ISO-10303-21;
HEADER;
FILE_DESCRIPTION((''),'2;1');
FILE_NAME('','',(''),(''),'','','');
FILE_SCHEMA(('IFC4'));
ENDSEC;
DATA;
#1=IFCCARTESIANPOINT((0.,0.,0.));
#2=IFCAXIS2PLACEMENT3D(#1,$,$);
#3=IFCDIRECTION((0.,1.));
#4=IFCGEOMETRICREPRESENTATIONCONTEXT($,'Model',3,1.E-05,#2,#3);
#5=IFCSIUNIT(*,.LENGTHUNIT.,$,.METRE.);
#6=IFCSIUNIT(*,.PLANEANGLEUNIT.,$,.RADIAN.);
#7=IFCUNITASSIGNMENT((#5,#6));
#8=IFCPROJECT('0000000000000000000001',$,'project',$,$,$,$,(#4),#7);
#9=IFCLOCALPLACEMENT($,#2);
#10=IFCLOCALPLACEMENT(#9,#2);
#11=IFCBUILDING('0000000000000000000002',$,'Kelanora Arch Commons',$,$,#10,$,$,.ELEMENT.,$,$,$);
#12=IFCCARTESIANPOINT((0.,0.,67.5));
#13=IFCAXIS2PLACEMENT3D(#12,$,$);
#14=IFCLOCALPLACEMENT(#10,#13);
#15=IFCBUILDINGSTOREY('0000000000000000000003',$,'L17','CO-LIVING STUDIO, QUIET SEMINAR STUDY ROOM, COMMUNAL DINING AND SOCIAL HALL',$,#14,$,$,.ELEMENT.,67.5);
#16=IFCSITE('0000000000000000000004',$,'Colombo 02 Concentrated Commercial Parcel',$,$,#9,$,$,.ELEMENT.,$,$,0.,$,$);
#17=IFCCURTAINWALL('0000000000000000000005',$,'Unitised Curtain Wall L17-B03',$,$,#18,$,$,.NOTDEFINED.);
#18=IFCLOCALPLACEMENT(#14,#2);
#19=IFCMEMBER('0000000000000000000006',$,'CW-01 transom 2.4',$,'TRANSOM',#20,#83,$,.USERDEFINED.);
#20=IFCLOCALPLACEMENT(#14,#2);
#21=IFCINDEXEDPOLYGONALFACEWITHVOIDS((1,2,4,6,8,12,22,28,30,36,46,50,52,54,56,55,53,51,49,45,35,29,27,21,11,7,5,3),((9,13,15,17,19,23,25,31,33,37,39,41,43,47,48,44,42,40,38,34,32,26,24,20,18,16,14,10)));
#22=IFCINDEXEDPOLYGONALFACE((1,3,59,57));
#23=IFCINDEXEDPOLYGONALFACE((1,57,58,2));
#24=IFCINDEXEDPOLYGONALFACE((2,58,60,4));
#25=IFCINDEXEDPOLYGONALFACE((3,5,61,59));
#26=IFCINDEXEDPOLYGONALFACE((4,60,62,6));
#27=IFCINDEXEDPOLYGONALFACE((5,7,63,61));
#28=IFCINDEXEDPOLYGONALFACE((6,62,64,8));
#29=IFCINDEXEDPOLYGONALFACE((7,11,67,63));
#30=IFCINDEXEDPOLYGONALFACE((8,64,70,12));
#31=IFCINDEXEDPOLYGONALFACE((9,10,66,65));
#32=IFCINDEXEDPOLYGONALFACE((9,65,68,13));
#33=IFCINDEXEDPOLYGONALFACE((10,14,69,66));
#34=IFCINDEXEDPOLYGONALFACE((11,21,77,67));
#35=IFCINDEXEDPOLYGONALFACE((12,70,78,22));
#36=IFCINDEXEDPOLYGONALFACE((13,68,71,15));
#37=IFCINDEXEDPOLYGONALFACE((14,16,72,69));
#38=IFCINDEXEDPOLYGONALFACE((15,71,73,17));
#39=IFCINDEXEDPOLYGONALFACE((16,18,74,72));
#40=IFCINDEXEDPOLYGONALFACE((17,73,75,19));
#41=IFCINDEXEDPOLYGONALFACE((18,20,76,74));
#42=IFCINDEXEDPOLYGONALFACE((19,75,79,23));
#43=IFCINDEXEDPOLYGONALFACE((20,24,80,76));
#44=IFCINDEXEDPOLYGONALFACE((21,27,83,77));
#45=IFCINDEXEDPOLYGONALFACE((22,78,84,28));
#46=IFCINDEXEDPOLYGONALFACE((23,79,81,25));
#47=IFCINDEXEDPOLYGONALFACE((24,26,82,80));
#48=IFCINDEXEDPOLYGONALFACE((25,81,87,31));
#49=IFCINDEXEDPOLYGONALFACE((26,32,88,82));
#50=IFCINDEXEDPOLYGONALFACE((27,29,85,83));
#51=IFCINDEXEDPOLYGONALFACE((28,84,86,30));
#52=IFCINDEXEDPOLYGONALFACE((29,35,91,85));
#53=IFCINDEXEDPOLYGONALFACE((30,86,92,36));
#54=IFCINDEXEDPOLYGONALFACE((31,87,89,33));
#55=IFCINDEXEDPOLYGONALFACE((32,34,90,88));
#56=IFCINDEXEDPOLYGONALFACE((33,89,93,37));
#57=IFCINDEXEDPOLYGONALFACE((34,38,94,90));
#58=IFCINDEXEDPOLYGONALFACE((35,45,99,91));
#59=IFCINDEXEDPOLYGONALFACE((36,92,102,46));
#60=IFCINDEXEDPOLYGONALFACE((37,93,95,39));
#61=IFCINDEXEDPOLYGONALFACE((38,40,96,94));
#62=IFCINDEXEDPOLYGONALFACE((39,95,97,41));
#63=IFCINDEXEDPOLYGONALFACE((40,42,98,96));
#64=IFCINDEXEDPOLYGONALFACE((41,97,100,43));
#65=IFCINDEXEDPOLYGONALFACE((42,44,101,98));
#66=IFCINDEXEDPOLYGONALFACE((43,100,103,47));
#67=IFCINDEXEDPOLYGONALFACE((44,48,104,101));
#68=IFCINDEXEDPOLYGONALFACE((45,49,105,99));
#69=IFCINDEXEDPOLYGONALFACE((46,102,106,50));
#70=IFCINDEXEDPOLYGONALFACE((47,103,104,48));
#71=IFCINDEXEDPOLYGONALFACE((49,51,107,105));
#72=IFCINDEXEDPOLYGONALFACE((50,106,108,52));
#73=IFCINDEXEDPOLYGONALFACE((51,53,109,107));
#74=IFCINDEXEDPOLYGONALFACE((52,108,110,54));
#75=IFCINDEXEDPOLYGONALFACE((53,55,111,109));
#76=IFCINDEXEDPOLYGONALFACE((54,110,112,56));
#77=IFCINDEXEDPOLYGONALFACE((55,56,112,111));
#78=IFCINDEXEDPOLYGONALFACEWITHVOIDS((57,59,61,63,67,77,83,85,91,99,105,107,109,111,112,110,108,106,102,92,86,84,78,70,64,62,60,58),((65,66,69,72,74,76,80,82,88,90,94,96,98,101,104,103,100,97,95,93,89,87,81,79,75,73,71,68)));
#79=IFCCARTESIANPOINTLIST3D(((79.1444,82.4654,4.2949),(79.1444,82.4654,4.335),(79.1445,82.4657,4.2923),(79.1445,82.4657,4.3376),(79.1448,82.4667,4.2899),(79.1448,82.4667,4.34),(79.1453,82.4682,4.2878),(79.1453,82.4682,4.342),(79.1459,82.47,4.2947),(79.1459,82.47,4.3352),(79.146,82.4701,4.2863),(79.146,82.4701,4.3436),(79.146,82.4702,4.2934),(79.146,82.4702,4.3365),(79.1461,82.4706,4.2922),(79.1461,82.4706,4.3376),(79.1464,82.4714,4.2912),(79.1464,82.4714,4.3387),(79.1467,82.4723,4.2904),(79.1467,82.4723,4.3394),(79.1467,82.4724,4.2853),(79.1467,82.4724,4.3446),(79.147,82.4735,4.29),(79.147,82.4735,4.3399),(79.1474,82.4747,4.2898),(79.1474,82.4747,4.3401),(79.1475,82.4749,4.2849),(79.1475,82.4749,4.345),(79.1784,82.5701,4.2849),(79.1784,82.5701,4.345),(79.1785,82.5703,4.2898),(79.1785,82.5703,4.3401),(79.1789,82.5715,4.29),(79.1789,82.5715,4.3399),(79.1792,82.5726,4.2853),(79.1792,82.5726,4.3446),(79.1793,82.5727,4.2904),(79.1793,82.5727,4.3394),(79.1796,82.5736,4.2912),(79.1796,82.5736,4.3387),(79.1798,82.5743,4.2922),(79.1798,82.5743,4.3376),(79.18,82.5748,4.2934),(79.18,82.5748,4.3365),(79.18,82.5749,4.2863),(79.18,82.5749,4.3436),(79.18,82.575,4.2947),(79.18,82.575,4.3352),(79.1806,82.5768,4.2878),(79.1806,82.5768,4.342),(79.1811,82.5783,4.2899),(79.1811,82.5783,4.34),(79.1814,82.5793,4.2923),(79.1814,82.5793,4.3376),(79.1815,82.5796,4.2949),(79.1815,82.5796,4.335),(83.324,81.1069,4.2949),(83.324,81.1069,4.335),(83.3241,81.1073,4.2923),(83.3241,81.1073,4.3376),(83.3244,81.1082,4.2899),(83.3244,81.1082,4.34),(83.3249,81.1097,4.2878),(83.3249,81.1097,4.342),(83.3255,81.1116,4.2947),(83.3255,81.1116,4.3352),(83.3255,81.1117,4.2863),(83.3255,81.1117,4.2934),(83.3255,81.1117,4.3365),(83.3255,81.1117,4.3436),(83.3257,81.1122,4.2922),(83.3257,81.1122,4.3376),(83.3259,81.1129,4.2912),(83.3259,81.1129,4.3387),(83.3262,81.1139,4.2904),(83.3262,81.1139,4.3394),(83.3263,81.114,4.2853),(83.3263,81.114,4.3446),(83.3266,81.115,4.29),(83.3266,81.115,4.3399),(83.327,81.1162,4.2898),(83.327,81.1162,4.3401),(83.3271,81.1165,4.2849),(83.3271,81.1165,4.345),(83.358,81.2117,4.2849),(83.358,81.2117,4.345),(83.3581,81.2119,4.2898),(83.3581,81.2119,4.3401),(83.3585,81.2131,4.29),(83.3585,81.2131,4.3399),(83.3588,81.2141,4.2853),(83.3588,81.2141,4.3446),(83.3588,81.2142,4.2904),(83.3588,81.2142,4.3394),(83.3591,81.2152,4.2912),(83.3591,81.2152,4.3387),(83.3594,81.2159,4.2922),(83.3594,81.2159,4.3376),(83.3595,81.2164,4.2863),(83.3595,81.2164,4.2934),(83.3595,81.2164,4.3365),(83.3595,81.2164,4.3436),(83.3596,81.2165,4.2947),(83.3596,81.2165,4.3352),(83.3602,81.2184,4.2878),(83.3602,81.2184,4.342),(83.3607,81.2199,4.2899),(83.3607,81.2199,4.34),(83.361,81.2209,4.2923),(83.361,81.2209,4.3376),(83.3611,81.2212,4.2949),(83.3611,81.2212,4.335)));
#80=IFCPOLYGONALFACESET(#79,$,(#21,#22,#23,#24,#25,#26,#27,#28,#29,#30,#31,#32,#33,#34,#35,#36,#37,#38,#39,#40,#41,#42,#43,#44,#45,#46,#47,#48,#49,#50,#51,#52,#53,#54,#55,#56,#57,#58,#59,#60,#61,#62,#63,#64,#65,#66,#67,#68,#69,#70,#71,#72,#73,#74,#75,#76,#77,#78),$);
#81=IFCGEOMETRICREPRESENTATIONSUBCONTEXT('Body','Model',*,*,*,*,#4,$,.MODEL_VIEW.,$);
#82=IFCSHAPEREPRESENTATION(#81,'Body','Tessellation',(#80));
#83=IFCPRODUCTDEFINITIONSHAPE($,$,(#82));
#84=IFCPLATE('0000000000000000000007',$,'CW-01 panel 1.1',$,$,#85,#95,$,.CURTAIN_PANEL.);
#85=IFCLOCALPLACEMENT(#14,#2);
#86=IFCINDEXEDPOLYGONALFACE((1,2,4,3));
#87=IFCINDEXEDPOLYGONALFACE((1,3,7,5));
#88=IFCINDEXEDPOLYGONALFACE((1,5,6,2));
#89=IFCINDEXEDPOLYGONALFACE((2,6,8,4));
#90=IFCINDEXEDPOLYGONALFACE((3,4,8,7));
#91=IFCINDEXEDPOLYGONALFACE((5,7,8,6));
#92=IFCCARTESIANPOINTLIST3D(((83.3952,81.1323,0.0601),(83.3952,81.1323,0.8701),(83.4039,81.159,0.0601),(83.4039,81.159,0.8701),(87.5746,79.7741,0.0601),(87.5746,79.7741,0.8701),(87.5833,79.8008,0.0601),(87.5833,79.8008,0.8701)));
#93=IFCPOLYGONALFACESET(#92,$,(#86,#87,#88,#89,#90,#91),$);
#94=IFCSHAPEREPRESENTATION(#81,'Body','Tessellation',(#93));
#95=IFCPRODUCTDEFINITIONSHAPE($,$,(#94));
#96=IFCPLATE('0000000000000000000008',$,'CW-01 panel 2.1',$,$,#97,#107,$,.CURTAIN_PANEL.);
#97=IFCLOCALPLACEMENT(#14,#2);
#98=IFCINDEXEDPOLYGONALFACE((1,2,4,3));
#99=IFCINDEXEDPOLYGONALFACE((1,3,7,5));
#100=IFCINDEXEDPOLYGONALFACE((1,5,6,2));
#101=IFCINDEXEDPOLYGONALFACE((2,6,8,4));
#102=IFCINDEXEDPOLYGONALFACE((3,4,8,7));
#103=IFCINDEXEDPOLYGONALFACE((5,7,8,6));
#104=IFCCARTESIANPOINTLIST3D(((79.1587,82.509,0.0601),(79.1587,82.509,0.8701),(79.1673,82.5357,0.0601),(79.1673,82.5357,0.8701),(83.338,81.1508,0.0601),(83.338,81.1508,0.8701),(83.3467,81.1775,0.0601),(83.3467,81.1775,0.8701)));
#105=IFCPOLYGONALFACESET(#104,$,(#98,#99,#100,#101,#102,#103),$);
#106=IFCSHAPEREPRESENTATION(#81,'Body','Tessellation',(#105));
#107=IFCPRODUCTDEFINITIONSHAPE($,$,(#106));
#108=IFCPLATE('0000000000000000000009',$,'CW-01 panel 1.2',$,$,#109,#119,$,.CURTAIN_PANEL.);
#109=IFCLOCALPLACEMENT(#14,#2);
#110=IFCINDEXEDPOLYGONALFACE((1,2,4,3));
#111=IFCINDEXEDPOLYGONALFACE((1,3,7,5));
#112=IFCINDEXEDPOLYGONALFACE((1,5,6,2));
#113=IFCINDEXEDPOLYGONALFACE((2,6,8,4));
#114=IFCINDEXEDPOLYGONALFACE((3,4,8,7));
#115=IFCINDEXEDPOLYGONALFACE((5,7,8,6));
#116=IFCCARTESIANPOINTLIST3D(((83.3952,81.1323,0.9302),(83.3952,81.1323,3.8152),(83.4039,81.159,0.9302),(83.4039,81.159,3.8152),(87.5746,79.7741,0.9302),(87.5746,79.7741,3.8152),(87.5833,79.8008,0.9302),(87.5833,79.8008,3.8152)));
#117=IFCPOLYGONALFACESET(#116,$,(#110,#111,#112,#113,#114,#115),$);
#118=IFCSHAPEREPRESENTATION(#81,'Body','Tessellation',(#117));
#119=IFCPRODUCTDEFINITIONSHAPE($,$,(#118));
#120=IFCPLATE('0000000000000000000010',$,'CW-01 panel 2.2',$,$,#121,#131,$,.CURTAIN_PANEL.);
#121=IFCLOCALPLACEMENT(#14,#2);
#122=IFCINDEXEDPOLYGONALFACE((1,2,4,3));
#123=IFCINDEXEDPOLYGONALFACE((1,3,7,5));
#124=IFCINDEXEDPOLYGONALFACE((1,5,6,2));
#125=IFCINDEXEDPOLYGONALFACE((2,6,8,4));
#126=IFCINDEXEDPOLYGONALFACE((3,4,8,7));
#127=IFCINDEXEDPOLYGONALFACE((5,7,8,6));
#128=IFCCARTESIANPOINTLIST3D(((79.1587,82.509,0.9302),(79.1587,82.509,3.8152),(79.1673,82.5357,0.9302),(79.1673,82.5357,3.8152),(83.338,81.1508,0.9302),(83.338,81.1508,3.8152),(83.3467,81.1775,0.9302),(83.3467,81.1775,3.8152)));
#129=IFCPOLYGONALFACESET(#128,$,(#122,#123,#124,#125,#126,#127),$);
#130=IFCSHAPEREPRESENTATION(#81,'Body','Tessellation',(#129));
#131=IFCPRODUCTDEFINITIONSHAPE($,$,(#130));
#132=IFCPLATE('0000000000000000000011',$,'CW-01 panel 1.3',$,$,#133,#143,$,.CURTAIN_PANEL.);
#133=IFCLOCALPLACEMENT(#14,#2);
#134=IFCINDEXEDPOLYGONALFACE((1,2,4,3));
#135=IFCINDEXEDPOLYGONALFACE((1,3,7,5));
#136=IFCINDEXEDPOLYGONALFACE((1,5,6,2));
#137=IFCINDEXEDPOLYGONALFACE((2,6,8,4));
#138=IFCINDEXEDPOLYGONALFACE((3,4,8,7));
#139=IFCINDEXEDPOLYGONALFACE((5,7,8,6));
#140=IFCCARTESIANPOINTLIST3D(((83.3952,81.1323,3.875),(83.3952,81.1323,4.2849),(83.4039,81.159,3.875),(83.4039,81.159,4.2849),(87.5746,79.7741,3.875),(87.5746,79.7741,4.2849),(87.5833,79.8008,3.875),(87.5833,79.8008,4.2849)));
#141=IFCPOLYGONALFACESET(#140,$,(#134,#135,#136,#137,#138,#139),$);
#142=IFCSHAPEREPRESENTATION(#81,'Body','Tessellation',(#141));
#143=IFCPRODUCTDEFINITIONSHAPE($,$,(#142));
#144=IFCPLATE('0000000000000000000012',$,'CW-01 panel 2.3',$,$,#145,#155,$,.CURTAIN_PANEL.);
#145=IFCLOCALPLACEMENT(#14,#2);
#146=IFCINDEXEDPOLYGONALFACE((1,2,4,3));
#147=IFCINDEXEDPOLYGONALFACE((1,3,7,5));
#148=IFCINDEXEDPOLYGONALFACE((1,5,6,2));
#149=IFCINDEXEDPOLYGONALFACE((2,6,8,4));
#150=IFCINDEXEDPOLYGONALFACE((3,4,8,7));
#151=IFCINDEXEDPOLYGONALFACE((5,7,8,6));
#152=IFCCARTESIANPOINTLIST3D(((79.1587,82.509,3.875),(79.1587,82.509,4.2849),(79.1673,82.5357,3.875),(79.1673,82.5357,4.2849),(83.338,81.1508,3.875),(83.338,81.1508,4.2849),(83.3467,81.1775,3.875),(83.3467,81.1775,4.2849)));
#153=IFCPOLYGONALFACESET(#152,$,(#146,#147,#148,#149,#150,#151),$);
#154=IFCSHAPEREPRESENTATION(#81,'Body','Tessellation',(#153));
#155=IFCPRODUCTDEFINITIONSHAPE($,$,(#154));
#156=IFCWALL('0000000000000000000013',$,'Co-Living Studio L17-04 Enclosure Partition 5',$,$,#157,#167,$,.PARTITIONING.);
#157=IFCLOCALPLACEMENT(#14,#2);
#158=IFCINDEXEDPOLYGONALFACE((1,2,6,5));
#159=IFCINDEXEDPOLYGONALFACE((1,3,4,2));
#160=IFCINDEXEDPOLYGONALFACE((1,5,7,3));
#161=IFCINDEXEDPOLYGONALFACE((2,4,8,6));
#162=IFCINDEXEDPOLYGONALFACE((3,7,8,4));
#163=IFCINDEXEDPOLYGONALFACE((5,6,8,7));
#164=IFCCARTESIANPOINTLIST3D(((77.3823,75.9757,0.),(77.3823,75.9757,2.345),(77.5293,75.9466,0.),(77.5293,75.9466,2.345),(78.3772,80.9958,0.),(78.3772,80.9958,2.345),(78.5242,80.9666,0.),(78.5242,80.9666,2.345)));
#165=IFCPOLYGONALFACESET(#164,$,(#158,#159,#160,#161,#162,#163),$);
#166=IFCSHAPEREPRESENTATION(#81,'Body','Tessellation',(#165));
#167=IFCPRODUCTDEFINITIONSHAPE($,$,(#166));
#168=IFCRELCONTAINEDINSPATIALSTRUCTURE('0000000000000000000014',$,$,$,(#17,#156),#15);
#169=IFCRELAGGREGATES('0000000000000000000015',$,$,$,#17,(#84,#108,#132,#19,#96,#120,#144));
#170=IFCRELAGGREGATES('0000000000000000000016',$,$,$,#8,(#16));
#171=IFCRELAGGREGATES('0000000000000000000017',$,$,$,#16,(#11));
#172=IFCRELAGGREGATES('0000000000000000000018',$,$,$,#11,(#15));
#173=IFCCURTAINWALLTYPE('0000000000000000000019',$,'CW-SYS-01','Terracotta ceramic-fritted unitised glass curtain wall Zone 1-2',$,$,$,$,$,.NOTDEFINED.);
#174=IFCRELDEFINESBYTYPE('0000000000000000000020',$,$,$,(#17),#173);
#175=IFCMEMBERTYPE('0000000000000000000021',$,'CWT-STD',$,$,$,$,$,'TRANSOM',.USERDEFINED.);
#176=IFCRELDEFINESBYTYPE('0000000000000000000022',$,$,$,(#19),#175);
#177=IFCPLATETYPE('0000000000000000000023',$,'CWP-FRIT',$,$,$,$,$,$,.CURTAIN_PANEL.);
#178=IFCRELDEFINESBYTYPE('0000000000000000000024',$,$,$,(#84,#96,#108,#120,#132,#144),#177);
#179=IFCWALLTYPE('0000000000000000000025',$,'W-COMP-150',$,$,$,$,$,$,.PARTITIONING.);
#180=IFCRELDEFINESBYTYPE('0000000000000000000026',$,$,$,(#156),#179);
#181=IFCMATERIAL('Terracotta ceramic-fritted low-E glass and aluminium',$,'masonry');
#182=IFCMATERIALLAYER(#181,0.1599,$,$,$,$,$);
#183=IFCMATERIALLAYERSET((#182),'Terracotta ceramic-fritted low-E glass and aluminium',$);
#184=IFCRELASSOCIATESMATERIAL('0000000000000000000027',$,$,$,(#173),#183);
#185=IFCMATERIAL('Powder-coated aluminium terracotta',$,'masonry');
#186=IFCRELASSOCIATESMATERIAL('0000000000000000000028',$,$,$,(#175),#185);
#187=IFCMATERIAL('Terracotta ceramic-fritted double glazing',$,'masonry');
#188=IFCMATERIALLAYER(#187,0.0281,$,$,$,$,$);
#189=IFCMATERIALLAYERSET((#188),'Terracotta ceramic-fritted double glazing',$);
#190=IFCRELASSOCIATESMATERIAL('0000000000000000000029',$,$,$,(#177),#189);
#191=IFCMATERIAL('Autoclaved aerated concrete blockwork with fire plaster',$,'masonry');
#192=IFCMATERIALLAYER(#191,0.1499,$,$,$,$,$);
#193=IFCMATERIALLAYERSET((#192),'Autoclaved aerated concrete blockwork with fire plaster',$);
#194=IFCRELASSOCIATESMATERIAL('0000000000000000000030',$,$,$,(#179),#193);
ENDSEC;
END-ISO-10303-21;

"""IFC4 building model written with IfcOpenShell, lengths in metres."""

from ifc_helpers import new_model, si_unit, direction, frame, frame_2d, origin, origin_2d, place, context, subcontext, project, spatial, rectangle, hollow_rectangle, extrude, source, transform, mapped, material, layer, layer_set, material_profile, profile_set, type_object, element, aggregate, save


model = new_model("IFC4")

# Units and contexts
model_context = context("Model", 3, precision=1e-05, world=origin(), true_north=direction((0.0, 1.0)))
body_context = subcontext(model_context, "Body", "Model", "MODEL_VIEW")
ifc_project = project(units=[si_unit("LENGTHUNIT", "METRE"), si_unit("PLANEANGLEUNIT", "RADIAN")], contexts=[model_context])

# Site, building, storey
site_placement = place(None, origin())
site = spatial("IfcSite", under=ifc_project, at=site_placement, Name="Colombo 02 Concentrated Commercial Parcel", CompositionType="ELEMENT", RefElevation=0.0)
building_placement = place(site_placement, origin())
building = spatial("IfcBuilding", under=site, at=building_placement, Name="Kelanora Arch Commons", CompositionType="ELEMENT")
storey_placement = place(building_placement, frame((0.0, 0.0, 67.5)))
storey = spatial("IfcBuildingStorey", under=building, at=storey_placement, Name="L17", Description="CO-LIVING STUDIO, QUIET SEMINAR STUDY ROOM, COMMUNAL DINING AND SOCIAL HALL", CompositionType="ELEMENT", Elevation=67.5)

# Curtain wall, member, plates
ifc_material_1 = material(Name="Terracotta ceramic-fritted low-E glass and aluminium", Category="masonry")
ifc_layer_1 = layer(ifc_material_1, 0.1599)
ifc_layer_set_1 = layer_set([ifc_layer_1], Name="Terracotta ceramic-fritted low-E glass and aluminium")
curtain_wall_type = type_object("IfcCurtainWallType", Name="CW-SYS-01", Description="Terracotta ceramic-fritted unitised glass curtain wall Zone 1-2", PredefinedType="NOTDEFINED", material=ifc_layer_set_1)
curtain_wall_placement = place(storey_placement, origin())
curtain_wall = element("IfcCurtainWall", 1, at=curtain_wall_placement, inside=storey, type_object=curtain_wall_type, Name="Unitised Curtain Wall L17-B03", PredefinedType="NOTDEFINED")
ifc_material_2 = material(Name="Powder-coated aluminium terracotta", Category="masonry")
ifc_material_profile_1 = material_profile(ifc_material_2, hollow_rectangle(XDim=0.1201, YDim=0.0601, WallThickness=0.0049, InnerFilletRadius=0.0049, OuterFilletRadius=0.01, at=origin_2d()), Name="CWT120x60")
ifc_profile_set_1 = profile_set([ifc_material_profile_1], Name="Powder-coated aluminium terracotta")
member_type_1 = type_object("IfcMemberType", Name="CWT-STD", ElementType="TRANSOM", PredefinedType="USERDEFINED", material=ifc_profile_set_1)
member_1_placement = place(storey_placement, frame((83.3425, 81.1641, 4.3149), z_axis=(-0.951029, 0.309102, 0.0), x_axis=(-0.309102, -0.951029, 0.0)))
member_1 = element("IfcMember", 2, at=member_1_placement, type_object=member_type_1, Name="CW-01 transom 2.4", ObjectType="TRANSOM", PredefinedType="USERDEFINED", context=body_context, shape_type="SweptSolid", body=[
    extrude(hollow_rectangle(XDim=0.1201, YDim=0.0601, WallThickness=0.0049, InnerFilletRadius=0.0049, OuterFilletRadius=0.01, at=origin_2d()), origin(), (0.0, 0.0, 1.0), 4.3948),
])
ifc_material_3 = material(Name="Terracotta ceramic-fritted double glazing", Category="masonry")
ifc_layer_2 = layer(ifc_material_3, 0.0281)
ifc_layer_set_2 = layer_set([ifc_layer_2], Name="Terracotta ceramic-fritted double glazing")
plate_type = type_object("IfcPlateType", Name="CWP-FRIT", PredefinedType="CURTAIN_PANEL", material=ifc_layer_set_2)
shared_shape_1 = source(origin(), body_context, "Body", "SweptSolid", [
    extrude(rectangle(XDim=4.3945, YDim=0.0281, at=origin_2d()), origin(), (0.0, 0.0, 1.0), 0.8101),
])
plate_1_placement = place(storey_placement, frame((85.4893, 80.4666, 0.0601), z_axis=(0.0, 0.0, 1.0), x_axis=(-0.951043, 0.309058, 0.0)))
plate_1 = element("IfcPlate", 3, at=plate_1_placement, type_object=plate_type, Name="CW-01 panel 1.1", PredefinedType="CURTAIN_PANEL", context=body_context, shape_type="MappedRepresentation", body=[
    mapped(shared_shape_1, transform((0.0, 0.0, 0.0), scale=1.0)),
])
plate_2_placement = place(storey_placement, frame((81.2527, 81.8433, 0.0601), z_axis=(0.0, 0.0, 1.0), x_axis=(-0.951043, 0.309058, 0.0)))
plate_2 = element("IfcPlate", 4, at=plate_2_placement, type_object=plate_type, Name="CW-01 panel 2.1", PredefinedType="CURTAIN_PANEL", context=body_context, shape_type="MappedRepresentation", body=[
    mapped(shared_shape_1, transform((0.0, 0.0, 0.0), scale=1.0)),
])
shared_shape_2 = source(origin(), body_context, "Body", "SweptSolid", [
    extrude(rectangle(XDim=4.3945, YDim=0.0281, at=origin_2d()), origin(), (0.0, 0.0, 1.0), 2.885),
])
plate_3_placement = place(storey_placement, frame((85.4893, 80.4666, 0.9302), z_axis=(0.0, 0.0, 1.0), x_axis=(-0.951043, 0.309058, 0.0)))
plate_3 = element("IfcPlate", 5, at=plate_3_placement, type_object=plate_type, Name="CW-01 panel 1.2", PredefinedType="CURTAIN_PANEL", context=body_context, shape_type="MappedRepresentation", body=[
    mapped(shared_shape_2, transform((0.0, 0.0, 0.0), scale=1.0)),
])
plate_4_placement = place(storey_placement, frame((81.2527, 81.8433, 0.9302), z_axis=(0.0, 0.0, 1.0), x_axis=(-0.951043, 0.309058, 0.0)))
plate_4 = element("IfcPlate", 6, at=plate_4_placement, type_object=plate_type, Name="CW-01 panel 2.2", PredefinedType="CURTAIN_PANEL", context=body_context, shape_type="MappedRepresentation", body=[
    mapped(shared_shape_2, transform((0.0, 0.0, 0.0), scale=1.0)),
])
shared_shape_3 = source(origin(), body_context, "Body", "SweptSolid", [
    extrude(rectangle(XDim=4.3945, YDim=0.0281, at=origin_2d()), origin(), (0.0, 0.0, 1.0), 0.4099),
])
plate_5_placement = place(storey_placement, frame((85.4893, 80.4666, 3.875), z_axis=(0.0, 0.0, 1.0), x_axis=(-0.951043, 0.309058, 0.0)))
plate_5 = element("IfcPlate", 7, at=plate_5_placement, type_object=plate_type, Name="CW-01 panel 1.3", PredefinedType="CURTAIN_PANEL", context=body_context, shape_type="MappedRepresentation", body=[
    mapped(shared_shape_3, transform((0.0, 0.0, 0.0), scale=1.0)),
])
plate_6_placement = place(storey_placement, frame((81.2527, 81.8433, 3.875), z_axis=(0.0, 0.0, 1.0), x_axis=(-0.951043, 0.309058, 0.0)))
plate_6 = element("IfcPlate", 8, at=plate_6_placement, type_object=plate_type, Name="CW-01 panel 2.3", PredefinedType="CURTAIN_PANEL", context=body_context, shape_type="MappedRepresentation", body=[
    mapped(shared_shape_3, transform((0.0, 0.0, 0.0), scale=1.0)),
])
aggregate(curtain_wall, [plate_1, plate_3, plate_5, member_1, plate_2, plate_4, plate_6])

# Wall
ifc_material_4 = material(Name="Autoclaved aerated concrete blockwork with fire plaster", Category="masonry")
ifc_layer_3 = layer(ifc_material_4, 0.1499)
ifc_layer_set_3 = layer_set([ifc_layer_3], Name="Autoclaved aerated concrete blockwork with fire plaster")
wall_type_1 = type_object("IfcWallType", Name="W-COMP-150", PredefinedType="PARTITIONING", material=ifc_layer_set_3)
wall_1_placement = place(storey_placement, frame((78.4507, 80.9812, 0.0), z_axis=(0.0, 0.0, 1.0), x_axis=(-0.1944, -0.980922, 0.0)))
element("IfcWall", 9, at=wall_1_placement, inside=storey, type_object=wall_type_1, Name="Co-Living Studio L17-04 Enclosure Partition 5", PredefinedType="PARTITIONING", context=body_context, shape_type="SweptSolid", body=[
    extrude(rectangle(XDim=5.1177, YDim=0.1499, at=frame_2d((2.5588, 0.0))), origin(), (0.0, 0.0, 1.0), 2.345),
])

save(model, "model.ifc")
